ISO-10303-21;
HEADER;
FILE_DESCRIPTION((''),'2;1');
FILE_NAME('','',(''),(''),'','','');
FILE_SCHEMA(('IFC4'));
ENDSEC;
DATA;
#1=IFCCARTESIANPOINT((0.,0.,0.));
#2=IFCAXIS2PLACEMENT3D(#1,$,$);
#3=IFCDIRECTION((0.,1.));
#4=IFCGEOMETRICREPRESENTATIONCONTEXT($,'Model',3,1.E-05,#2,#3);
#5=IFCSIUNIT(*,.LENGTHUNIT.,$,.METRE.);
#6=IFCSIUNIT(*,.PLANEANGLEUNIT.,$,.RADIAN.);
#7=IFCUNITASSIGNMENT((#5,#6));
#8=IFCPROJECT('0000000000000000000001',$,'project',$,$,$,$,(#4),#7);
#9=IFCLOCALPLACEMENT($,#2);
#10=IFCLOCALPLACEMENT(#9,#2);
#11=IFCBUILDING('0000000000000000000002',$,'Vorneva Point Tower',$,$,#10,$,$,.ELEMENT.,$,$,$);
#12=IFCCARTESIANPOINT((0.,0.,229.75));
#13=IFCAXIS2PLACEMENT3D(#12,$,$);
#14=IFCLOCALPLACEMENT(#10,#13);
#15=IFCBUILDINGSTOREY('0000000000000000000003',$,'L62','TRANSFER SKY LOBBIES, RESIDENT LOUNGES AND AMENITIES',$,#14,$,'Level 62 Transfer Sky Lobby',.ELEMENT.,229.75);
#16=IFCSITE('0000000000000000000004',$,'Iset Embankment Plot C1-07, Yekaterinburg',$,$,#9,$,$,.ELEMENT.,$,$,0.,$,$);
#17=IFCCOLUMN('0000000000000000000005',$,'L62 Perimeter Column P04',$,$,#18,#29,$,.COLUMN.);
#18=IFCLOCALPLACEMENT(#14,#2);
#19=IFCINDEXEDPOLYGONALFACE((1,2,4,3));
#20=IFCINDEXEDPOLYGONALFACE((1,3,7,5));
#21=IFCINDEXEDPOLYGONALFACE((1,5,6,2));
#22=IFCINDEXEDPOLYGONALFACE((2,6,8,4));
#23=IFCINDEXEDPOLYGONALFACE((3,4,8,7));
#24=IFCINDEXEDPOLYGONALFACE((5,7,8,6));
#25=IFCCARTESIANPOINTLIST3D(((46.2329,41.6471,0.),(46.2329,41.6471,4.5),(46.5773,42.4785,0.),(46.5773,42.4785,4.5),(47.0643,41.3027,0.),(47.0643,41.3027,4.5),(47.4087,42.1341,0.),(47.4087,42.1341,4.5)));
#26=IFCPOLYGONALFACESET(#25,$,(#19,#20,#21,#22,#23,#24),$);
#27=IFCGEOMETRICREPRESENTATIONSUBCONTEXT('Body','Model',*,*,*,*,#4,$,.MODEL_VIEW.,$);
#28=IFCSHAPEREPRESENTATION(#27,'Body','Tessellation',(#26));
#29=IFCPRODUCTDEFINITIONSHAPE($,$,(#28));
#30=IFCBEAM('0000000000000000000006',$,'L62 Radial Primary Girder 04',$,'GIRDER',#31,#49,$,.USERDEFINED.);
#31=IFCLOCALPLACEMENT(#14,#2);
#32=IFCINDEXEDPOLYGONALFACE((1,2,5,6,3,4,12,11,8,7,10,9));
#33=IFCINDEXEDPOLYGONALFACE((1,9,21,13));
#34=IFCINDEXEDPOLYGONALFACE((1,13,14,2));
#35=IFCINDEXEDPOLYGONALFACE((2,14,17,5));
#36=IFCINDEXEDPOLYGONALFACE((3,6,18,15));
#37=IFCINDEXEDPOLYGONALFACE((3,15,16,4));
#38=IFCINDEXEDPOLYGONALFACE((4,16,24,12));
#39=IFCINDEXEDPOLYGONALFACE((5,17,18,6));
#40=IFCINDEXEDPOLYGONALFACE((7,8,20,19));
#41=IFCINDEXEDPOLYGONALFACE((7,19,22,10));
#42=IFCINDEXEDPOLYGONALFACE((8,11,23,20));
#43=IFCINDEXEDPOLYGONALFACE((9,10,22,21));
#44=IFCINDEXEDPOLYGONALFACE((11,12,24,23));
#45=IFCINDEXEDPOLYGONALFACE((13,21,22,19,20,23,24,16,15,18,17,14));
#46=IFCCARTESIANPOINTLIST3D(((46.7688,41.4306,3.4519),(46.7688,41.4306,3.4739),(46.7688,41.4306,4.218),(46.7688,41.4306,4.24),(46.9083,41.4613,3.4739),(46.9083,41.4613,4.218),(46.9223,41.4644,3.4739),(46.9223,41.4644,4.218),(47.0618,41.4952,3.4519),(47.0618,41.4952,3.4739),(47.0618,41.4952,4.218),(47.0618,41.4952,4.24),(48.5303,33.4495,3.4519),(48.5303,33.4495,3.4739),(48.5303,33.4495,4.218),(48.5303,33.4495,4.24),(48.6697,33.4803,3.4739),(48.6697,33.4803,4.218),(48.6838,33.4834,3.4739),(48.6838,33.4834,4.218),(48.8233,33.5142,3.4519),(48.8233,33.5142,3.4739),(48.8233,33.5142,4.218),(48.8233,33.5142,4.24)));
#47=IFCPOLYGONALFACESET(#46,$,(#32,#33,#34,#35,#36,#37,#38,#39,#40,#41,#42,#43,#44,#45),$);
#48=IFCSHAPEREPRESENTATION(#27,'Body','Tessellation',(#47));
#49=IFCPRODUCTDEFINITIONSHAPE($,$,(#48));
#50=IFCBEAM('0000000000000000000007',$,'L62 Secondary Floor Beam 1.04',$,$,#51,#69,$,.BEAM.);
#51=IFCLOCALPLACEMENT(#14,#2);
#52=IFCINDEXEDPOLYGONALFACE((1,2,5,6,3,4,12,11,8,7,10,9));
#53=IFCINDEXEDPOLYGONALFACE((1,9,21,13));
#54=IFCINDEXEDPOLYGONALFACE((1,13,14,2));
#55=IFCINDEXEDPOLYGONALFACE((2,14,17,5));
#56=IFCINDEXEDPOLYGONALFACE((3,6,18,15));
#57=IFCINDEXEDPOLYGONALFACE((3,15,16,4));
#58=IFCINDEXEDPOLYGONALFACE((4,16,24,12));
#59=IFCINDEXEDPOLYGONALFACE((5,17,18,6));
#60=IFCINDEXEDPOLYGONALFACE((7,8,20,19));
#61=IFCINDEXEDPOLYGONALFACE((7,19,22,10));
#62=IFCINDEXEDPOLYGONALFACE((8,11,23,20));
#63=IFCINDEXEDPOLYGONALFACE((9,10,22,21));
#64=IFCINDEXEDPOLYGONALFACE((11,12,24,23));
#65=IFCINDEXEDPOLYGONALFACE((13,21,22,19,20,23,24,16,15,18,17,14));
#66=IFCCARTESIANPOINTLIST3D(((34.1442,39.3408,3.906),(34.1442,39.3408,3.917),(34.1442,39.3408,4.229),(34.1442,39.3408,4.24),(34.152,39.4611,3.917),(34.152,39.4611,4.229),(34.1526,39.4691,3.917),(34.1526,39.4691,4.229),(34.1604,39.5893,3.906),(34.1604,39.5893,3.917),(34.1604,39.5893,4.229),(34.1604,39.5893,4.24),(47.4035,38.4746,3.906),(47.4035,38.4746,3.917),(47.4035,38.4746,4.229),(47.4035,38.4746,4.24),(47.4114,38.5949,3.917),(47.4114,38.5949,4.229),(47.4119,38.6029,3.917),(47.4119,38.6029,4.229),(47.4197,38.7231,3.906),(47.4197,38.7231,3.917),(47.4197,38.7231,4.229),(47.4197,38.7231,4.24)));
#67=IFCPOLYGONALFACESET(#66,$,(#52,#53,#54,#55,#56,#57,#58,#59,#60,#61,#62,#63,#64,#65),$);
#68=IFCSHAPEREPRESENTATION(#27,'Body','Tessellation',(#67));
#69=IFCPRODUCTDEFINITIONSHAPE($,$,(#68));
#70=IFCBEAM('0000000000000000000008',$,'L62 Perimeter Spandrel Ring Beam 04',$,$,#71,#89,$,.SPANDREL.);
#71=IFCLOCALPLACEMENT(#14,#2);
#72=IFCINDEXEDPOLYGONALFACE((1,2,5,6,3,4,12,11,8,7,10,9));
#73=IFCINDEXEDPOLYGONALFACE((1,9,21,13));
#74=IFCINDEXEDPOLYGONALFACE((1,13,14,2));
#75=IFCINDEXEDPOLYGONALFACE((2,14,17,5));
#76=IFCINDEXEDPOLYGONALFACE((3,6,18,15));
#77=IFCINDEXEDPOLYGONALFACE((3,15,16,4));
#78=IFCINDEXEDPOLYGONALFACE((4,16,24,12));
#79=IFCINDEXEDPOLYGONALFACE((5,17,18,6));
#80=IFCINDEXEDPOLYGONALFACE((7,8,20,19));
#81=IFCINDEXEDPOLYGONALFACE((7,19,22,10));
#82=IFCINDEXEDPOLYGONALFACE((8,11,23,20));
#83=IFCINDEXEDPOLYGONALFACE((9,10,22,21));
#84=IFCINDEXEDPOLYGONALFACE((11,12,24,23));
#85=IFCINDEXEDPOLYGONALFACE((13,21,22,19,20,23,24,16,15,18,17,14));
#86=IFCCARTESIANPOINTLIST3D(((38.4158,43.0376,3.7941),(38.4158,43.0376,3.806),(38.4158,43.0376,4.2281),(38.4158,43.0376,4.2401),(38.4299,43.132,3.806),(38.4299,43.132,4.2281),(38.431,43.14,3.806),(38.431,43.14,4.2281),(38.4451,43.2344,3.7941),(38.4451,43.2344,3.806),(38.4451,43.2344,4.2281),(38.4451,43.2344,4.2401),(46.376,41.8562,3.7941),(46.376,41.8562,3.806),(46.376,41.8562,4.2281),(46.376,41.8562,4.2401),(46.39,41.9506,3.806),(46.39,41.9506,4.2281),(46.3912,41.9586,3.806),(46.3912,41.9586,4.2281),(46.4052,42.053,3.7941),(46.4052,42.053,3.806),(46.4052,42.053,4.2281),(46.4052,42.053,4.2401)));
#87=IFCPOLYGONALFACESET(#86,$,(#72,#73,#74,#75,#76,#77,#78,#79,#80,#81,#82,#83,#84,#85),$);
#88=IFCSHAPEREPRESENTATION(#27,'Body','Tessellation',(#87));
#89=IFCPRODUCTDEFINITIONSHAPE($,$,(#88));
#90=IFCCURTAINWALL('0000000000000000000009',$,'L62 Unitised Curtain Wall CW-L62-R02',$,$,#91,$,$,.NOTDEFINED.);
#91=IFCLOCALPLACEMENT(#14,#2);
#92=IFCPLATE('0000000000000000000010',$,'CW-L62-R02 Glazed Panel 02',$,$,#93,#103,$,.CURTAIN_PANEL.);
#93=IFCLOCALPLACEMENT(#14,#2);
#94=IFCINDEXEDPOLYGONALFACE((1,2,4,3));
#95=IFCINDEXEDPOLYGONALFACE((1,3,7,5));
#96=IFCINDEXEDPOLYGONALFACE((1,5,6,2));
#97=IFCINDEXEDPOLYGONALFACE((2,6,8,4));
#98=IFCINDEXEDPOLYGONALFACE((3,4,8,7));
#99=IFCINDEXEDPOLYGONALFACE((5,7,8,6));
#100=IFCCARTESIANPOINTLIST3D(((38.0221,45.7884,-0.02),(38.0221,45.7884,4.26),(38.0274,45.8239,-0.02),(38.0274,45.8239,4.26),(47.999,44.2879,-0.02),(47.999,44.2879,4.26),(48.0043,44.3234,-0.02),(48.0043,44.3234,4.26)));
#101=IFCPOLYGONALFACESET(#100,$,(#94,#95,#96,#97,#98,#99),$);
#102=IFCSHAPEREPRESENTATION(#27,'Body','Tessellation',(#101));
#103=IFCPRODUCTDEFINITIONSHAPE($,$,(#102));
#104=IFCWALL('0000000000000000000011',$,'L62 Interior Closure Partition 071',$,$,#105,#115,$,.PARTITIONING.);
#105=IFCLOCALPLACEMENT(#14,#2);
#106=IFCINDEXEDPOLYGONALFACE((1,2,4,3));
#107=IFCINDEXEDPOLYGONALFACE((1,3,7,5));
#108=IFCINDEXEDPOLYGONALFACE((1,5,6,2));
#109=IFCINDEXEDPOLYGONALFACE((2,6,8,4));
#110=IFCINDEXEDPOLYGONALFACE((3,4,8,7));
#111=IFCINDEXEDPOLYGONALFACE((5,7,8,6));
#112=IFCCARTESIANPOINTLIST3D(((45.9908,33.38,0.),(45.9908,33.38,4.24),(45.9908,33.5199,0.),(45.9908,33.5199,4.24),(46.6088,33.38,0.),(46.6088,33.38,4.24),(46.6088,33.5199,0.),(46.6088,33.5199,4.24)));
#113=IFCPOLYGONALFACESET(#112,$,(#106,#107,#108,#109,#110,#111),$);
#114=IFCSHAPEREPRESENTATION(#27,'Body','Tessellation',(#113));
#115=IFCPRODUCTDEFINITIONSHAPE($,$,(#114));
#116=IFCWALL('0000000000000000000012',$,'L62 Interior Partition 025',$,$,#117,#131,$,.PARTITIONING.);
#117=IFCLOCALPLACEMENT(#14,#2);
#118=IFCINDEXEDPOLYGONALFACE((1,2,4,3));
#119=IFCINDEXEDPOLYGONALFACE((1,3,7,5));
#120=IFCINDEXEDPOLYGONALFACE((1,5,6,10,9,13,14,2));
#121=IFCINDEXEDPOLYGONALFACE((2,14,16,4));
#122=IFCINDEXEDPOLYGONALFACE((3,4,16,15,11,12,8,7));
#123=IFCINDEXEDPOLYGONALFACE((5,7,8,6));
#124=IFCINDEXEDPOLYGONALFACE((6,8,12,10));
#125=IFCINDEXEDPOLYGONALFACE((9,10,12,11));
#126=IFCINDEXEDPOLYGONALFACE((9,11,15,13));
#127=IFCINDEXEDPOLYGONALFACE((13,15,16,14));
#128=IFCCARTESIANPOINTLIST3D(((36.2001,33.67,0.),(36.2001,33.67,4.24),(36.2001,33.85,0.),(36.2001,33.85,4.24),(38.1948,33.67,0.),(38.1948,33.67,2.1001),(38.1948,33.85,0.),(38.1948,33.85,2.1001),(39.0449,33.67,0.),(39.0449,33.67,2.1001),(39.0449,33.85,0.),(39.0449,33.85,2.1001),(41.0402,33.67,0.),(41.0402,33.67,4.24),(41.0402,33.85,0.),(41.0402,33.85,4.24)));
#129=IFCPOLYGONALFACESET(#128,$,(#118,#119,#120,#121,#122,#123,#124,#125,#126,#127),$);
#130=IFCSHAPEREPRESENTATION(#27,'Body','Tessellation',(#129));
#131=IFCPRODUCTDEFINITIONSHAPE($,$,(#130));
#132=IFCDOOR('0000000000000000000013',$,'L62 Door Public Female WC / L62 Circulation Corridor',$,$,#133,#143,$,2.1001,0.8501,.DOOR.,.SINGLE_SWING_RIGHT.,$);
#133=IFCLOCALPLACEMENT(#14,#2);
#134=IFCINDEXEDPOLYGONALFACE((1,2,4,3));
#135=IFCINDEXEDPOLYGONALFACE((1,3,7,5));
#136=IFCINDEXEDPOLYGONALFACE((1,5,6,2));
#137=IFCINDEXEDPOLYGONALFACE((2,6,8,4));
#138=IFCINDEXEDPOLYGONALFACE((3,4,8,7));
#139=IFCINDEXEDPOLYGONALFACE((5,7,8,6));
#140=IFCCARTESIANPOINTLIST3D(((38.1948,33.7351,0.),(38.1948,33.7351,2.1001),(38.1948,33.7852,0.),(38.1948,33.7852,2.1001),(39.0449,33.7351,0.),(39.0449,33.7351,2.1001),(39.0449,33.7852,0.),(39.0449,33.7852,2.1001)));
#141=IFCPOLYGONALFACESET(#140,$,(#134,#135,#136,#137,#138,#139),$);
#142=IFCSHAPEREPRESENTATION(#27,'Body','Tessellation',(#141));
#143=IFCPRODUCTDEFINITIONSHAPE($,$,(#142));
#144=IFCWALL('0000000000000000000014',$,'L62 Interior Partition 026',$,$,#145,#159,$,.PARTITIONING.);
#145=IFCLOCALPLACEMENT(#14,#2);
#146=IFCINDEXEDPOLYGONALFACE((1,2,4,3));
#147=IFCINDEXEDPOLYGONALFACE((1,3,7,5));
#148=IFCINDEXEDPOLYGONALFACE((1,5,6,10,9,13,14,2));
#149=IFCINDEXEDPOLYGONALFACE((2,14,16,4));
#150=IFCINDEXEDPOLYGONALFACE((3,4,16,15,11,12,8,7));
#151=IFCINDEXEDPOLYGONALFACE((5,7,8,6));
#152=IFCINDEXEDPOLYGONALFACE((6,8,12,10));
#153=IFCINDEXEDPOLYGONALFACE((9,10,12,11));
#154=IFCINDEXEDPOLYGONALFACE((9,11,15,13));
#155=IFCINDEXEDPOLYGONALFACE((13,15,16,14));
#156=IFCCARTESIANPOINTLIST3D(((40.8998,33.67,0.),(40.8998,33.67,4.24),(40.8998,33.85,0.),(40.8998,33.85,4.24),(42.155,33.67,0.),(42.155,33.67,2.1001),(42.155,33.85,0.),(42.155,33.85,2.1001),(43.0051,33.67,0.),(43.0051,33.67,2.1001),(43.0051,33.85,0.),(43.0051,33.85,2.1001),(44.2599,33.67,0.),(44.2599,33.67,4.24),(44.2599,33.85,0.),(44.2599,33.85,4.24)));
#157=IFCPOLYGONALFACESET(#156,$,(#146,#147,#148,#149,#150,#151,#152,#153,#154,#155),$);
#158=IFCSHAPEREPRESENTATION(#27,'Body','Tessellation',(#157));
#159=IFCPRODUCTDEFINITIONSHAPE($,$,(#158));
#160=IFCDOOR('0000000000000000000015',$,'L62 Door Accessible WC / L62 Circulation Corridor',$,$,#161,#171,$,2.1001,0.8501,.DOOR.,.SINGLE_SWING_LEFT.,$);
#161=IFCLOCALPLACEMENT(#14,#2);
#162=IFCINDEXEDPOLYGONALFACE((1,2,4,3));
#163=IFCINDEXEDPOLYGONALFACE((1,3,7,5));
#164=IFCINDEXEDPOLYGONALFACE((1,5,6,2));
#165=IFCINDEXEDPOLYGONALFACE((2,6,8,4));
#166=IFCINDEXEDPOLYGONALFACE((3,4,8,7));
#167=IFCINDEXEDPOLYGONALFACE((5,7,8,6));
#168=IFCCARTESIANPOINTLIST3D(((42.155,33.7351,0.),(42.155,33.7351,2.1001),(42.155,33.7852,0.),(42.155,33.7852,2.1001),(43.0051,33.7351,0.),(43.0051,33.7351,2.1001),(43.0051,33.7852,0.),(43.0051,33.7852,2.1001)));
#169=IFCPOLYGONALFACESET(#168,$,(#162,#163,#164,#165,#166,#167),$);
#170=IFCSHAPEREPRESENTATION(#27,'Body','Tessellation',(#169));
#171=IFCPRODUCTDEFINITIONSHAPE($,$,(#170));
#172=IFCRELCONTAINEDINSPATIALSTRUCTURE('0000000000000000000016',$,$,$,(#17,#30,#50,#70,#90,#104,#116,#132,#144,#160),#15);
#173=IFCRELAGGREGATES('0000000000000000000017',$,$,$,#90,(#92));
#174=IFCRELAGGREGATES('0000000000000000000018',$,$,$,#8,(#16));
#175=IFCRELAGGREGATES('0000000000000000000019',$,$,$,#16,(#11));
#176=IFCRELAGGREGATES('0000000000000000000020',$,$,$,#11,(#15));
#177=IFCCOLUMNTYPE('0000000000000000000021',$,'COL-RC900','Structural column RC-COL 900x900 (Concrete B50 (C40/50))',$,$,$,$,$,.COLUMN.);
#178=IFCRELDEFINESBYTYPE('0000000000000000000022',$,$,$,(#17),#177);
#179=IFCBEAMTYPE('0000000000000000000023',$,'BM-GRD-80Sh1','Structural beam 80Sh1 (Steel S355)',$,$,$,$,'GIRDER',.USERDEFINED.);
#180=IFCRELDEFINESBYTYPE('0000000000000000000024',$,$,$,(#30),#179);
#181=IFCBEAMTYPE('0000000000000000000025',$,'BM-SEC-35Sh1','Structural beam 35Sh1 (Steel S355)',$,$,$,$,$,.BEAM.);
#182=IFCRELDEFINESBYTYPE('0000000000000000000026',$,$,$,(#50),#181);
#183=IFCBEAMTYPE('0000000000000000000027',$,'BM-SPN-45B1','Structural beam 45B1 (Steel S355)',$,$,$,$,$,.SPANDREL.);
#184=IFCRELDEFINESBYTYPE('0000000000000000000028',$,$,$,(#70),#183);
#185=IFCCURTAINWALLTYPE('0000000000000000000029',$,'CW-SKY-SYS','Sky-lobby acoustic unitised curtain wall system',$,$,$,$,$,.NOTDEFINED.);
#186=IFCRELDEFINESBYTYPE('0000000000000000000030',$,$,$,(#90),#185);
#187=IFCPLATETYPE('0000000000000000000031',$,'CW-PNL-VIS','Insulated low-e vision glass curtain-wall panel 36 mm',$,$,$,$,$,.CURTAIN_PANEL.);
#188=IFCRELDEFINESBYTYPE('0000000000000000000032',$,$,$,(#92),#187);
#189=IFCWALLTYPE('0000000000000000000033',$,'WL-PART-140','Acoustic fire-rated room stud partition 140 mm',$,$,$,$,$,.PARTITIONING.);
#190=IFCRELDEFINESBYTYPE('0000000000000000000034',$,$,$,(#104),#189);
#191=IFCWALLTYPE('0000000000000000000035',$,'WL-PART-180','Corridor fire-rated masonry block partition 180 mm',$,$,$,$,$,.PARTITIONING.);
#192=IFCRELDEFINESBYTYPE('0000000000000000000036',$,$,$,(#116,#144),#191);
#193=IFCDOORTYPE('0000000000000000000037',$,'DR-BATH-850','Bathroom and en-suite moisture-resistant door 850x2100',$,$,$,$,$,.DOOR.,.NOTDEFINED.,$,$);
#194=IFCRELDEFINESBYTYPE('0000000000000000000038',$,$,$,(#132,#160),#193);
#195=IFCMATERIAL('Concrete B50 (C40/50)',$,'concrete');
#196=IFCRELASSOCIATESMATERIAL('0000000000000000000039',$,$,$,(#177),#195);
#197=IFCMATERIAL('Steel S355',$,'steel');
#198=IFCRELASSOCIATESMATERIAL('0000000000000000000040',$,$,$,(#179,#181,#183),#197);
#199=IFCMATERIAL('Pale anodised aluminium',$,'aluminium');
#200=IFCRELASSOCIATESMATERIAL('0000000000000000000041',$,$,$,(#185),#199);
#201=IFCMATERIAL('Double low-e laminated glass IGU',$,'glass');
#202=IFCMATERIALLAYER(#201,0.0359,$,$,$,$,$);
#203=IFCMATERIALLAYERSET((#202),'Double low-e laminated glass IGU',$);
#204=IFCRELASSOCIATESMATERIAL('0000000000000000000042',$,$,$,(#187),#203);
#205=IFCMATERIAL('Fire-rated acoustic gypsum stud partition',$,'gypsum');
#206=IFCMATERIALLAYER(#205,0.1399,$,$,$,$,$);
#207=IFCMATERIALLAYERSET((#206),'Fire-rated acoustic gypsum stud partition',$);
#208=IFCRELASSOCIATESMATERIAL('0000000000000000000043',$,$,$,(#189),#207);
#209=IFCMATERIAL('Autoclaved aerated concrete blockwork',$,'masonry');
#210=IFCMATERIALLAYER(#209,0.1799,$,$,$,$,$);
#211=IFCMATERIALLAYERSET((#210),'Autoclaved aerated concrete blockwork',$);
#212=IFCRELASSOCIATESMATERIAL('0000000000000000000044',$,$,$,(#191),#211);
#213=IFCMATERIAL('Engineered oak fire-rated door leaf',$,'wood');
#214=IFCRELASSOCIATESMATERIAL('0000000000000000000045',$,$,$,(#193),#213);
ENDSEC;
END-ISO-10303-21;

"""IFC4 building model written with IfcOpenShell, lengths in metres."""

from ifc_helpers import new_model, si_unit, direction, frame, frame_2d, origin, origin_2d, place, context, subcontext, project, spatial, rectangle, i_section, extrude, material, layer, layer_set, material_profile, profile_set, type_object, element, fill, aggregate, save


model = new_model("IFC4")

# Units and contexts
model_context = context("Model", 3, precision=1e-05, world=origin(), true_north=direction((0.0, 1.0)))
body_context = subcontext(model_context, "Body", "Model", "MODEL_VIEW")
ifc_project = project(units=[si_unit("LENGTHUNIT", "METRE"), si_unit("PLANEANGLEUNIT", "RADIAN")], contexts=[model_context])

# Site, building, storey
site_placement = place(None, origin())
site = spatial("IfcSite", under=ifc_project, at=site_placement, Name="Iset Embankment Plot C1-07, Yekaterinburg", CompositionType="ELEMENT", RefElevation=0.0)
building_placement = place(site_placement, origin())
building = spatial("IfcBuilding", under=site, at=building_placement, Name="Vorneva Point Tower", CompositionType="ELEMENT")
storey_placement = place(building_placement, frame((0.0, 0.0, 229.75)))
storey = spatial("IfcBuildingStorey", under=building, at=storey_placement, Name="L62", Description="TRANSFER SKY LOBBIES, RESIDENT LOUNGES AND AMENITIES", LongName="Level 62 Transfer Sky Lobby", CompositionType="ELEMENT", Elevation=229.75)

# Column
ifc_material_1 = material(Name="Concrete B50 (C40/50)", Category="concrete")
ifc_material_profile_1 = material_profile(ifc_material_1, rectangle(XDim=0.8999, YDim=0.8999, at=origin_2d()), Name="RC-COL 900x900")
ifc_profile_set_1 = profile_set([ifc_material_profile_1], Name="Concrete B50 (C40/50)")
column_type = type_object("IfcColumnType", Name="COL-RC900", Description="Structural column RC-COL 900x900 (Concrete B50 (C40/50))", PredefinedType="COLUMN", material=ifc_profile_set_1)
column_placement = place(storey_placement, frame((46.8208, 41.8906, 0.0), z_axis=(0.0, 0.0, 1.0), x_axis=(0.382683, 0.92388, 0.0)))
element("IfcColumn", 1, at=column_placement, inside=storey, type_object=column_type, Name="L62 Perimeter Column P04", PredefinedType="COLUMN", context=body_context, shape_type="SweptSolid", body=[
    extrude(rectangle(XDim=0.8999, YDim=0.8999, at=origin_2d()), origin(), (0.0, 0.0, 1.0), 4.5),
])

# Beams
ifc_material_2 = material(Name="Steel S355", Category="steel")
ifc_material_profile_2 = material_profile(ifc_material_2, i_section(OverallWidth=0.3, OverallDepth=0.7881, WebThickness=0.0144, FlangeThickness=0.022, at=origin_2d()), Name="80Sh1")
ifc_profile_set_2 = profile_set([ifc_material_profile_2], Name="Steel S355")
beam_type_1 = type_object("IfcBeamType", Name="BM-GRD-80Sh1", Description="Structural beam 80Sh1 (Steel S355)", ElementType="GIRDER", PredefinedType="USERDEFINED", material=ifc_profile_set_2)
beam_1_placement = place(storey_placement, frame((46.9153, 41.4629, 3.8459), z_axis=(0.215523, -0.976499, 0.0), x_axis=(0.976499, 0.215523, 0.0)))
element("IfcBeam", 2, at=beam_1_placement, inside=storey, type_object=beam_type_1, Name="L62 Radial Primary Girder 04", ObjectType="GIRDER", PredefinedType="USERDEFINED", context=body_context, shape_type="SweptSolid", body=[
    extrude(i_section(OverallWidth=0.3, OverallDepth=0.7881, WebThickness=0.0144, FlangeThickness=0.022, at=origin_2d()), origin(), (0.0, 0.0, 1.0), 8.1731),
])
ifc_material_profile_3 = material_profile(ifc_material_2, i_section(OverallWidth=0.249, OverallDepth=0.334, WebThickness=0.0081, FlangeThickness=0.011, at=origin_2d()), Name="35Sh1")
ifc_profile_set_3 = profile_set([ifc_material_profile_3], Name="Steel S355")
beam_type_2 = type_object("IfcBeamType", Name="BM-SEC-35Sh1", Description="Structural beam 35Sh1 (Steel S355)", PredefinedType="BEAM", material=ifc_profile_set_3)
beam_2_placement = place(storey_placement, frame((47.4116, 38.5989, 4.073), z_axis=(-0.997873, 0.06519, 0.0), x_axis=(-0.06519, -0.997873, 0.0)))
element("IfcBeam", 3, at=beam_2_placement, inside=storey, type_object=beam_type_2, Name="L62 Secondary Floor Beam 1.04", PredefinedType="BEAM", context=body_context, shape_type="SweptSolid", body=[
    extrude(i_section(OverallWidth=0.249, OverallDepth=0.334, WebThickness=0.0081, FlangeThickness=0.011, at=origin_2d()), origin(), (0.0, 0.0, 1.0), 13.2876),
])
ifc_material_profile_4 = material_profile(ifc_material_2, i_section(OverallWidth=0.199, OverallDepth=0.446, WebThickness=0.0081, FlangeThickness=0.012, at=origin_2d()), Name="45B1")
ifc_profile_set_4 = profile_set([ifc_material_profile_4], Name="Steel S355")
beam_type_3 = type_object("IfcBeamType", Name="BM-SPN-45B1", Description="Structural beam 45B1 (Steel S355)", PredefinedType="SPANDREL", material=ifc_profile_set_4)
beam_3_placement = place(storey_placement, frame((46.3906, 41.9546, 4.0171), z_axis=(-0.989165, 0.146805, 0.0), x_axis=(-0.146805, -0.989165, 0.0)))
element("IfcBeam", 4, at=beam_3_placement, inside=storey, type_object=beam_type_3, Name="L62 Perimeter Spandrel Ring Beam 04", PredefinedType="SPANDREL", context=body_context, shape_type="SweptSolid", body=[
    extrude(i_section(OverallWidth=0.199, OverallDepth=0.446, WebThickness=0.0081, FlangeThickness=0.012, at=origin_2d()), origin(), (0.0, 0.0, 1.0), 8.0474),
])

# Curtain wall, plate
ifc_material_3 = material(Name="Pale anodised aluminium", Category="aluminium")
curtain_wall_type = type_object("IfcCurtainWallType", Name="CW-SKY-SYS", Description="Sky-lobby acoustic unitised curtain wall system", PredefinedType="NOTDEFINED", material=ifc_material_3)
curtain_wall_placement = place(storey_placement, origin())
curtain_wall = element("IfcCurtainWall", 5, at=curtain_wall_placement, inside=storey, type_object=curtain_wall_type, Name="L62 Unitised Curtain Wall CW-L62-R02", PredefinedType="NOTDEFINED")
ifc_material_4 = material(Name="Double low-e laminated glass IGU", Category="glass")
ifc_layer_1 = layer(ifc_material_4, 0.0359)
ifc_layer_set_1 = layer_set([ifc_layer_1], Name="Double low-e laminated glass IGU")
plate_type = type_object("IfcPlateType", Name="CW-PNL-VIS", Description="Insulated low-e vision glass curtain-wall panel 36 mm", PredefinedType="CURTAIN_PANEL", material=ifc_layer_set_1)
plate_placement = place(storey_placement, frame((43.0132, 45.0559, -0.02), z_axis=(0.0, 0.0, 1.0), x_axis=(-0.988879, 0.148724, 0.0)))
plate = element("IfcPlate", 6, at=plate_placement, type_object=plate_type, Name="CW-L62-R02 Glazed Panel 02", PredefinedType="CURTAIN_PANEL", context=body_context, shape_type="SweptSolid", body=[
    extrude(rectangle(XDim=10.0891, YDim=0.0359, at=origin_2d()), origin(), (0.0, 0.0, 1.0), 4.28),
])
aggregate(curtain_wall, [plate])

# Wall
ifc_material_5 = material(Name="Fire-rated acoustic gypsum stud partition", Category="gypsum")
ifc_layer_2 = layer(ifc_material_5, 0.1399)
ifc_layer_set_2 = layer_set([ifc_layer_2], Name="Fire-rated acoustic gypsum stud partition")
wall_type_1 = type_object("IfcWallType", Name="WL-PART-140", Description="Acoustic fire-rated room stud partition 140 mm", PredefinedType="PARTITIONING", material=ifc_layer_set_2)
wall_1_placement = place(storey_placement, frame((46.6089, 33.45, 0.0), z_axis=(0.0, 0.0, 1.0), x_axis=(-1.0, 0.0, 0.0)))
element("IfcWall", 7, at=wall_1_placement, inside=storey, type_object=wall_type_1, Name="L62 Interior Closure Partition 071", PredefinedType="PARTITIONING", context=body_context, shape_type="SweptSolid", body=[
    extrude(rectangle(XDim=0.6179, YDim=0.1399, at=frame_2d((0.3091, 0.0))), origin(), (0.0, 0.0, 1.0), 4.24),
])

# Walls, openings, doors
ifc_material_6 = material(Name="Autoclaved aerated concrete blockwork", Category="masonry")
ifc_layer_3 = layer(ifc_material_6, 0.1799)
ifc_layer_set_3 = layer_set([ifc_layer_3], Name="Autoclaved aerated concrete blockwork")
wall_type_2 = type_object("IfcWallType", Name="WL-PART-180", Description="Corridor fire-rated masonry block partition 180 mm", PredefinedType="PARTITIONING", material=ifc_layer_set_3)
wall_2_placement = place(storey_placement, frame((41.04, 33.76, 0.0), z_axis=(0.0, 0.0, 1.0), x_axis=(-1.0, 0.0, 0.0)))
wall_2 = element("IfcWall", 8, at=wall_2_placement, inside=storey, type_object=wall_type_2, Name="L62 Interior Partition 025", PredefinedType="PARTITIONING", context=body_context, shape_type="SweptSolid", body=[
    extrude(rectangle(XDim=4.8401, YDim=0.1799, at=frame_2d((2.4199, 0.0))), origin(), (0.0, 0.0, 1.0), 4.24),
])
opening_1_placement = place(wall_2_placement, frame((1.9951, 0.0, 0.0)))
opening_1 = element("IfcOpeningElement", 9, at=opening_1_placement, cuts=wall_2, PredefinedType="OPENING", context=body_context, shape_type="SweptSolid", body=[
    extrude(rectangle(XDim=0.8501, YDim=2.1001, at=frame_2d((0.425, 1.05))), frame((0.0, 0.105, 0.0), z_axis=(0.0, -1.0, 0.0), x_axis=(1.0, 0.0, 0.0)), (0.0, 0.0, 1.0), 0.2097),
])
ifc_material_7 = material(Name="Engineered oak fire-rated door leaf", Category="wood")
door_type_1 = type_object("IfcDoorType", Name="DR-BATH-850", Description="Bathroom and en-suite moisture-resistant door 850x2100", OperationType="NOTDEFINED", PredefinedType="DOOR", material=ifc_material_7)
door_1_placement = place(opening_1_placement, origin())
door_1 = element("IfcDoor", 10, at=door_1_placement, inside=storey, type_object=door_type_1, Name="L62 Door Public Female WC / L62 Circulation Corridor", OperationType="SINGLE_SWING_RIGHT", OverallHeight=2.1001, OverallWidth=0.8501, PredefinedType="DOOR", context=body_context, shape_type="SweptSolid", body=[
    extrude(rectangle(XDim=0.8501, YDim=2.1001, at=frame_2d((0.425, 1.05))), frame((0.0, 0.0249, 0.0), z_axis=(0.0, -1.0, 0.0), x_axis=(1.0, 0.0, 0.0)), (0.0, 0.0, 1.0), 0.05),
])
fill(opening_1, door_1)
wall_3_placement = place(storey_placement, frame((44.26, 33.76, 0.0), z_axis=(0.0, 0.0, 1.0), x_axis=(-1.0, 0.0, 0.0)))
wall_3 = element("IfcWall", 11, at=wall_3_placement, inside=storey, type_object=wall_type_2, Name="L62 Interior Partition 026", PredefinedType="PARTITIONING", context=body_context, shape_type="SweptSolid", body=[
    extrude(rectangle(XDim=3.3601, YDim=0.1799, at=frame_2d((1.6802, 0.0))), origin(), (0.0, 0.0, 1.0), 4.24),
])
opening_2_placement = place(wall_3_placement, frame((1.2549, 0.0, 0.0)))
opening_2 = element("IfcOpeningElement", 12, at=opening_2_placement, cuts=wall_3, PredefinedType="OPENING", context=body_context, shape_type="SweptSolid", body=[
    extrude(rectangle(XDim=0.8501, YDim=2.1001, at=frame_2d((0.425, 1.05))), frame((0.0, 0.105, 0.0), z_axis=(0.0, -1.0, 0.0), x_axis=(1.0, 0.0, 0.0)), (0.0, 0.0, 1.0), 0.2097),
])
door_2_placement = place(opening_2_placement, origin())
door_2 = element("IfcDoor", 13, at=door_2_placement, inside=storey, type_object=door_type_1, Name="L62 Door Accessible WC / L62 Circulation Corridor", OperationType="SINGLE_SWING_LEFT", OverallHeight=2.1001, OverallWidth=0.8501, PredefinedType="DOOR", context=body_context, shape_type="SweptSolid", body=[
    extrude(rectangle(XDim=0.8501, YDim=2.1001, at=frame_2d((0.425, 1.05))), frame((0.0, 0.0249, 0.0), z_axis=(0.0, -1.0, 0.0), x_axis=(1.0, 0.0, 0.0)), (0.0, 0.0, 1.0), 0.05),
])
fill(opening_2, door_2)

save(model, "model.ifc")
